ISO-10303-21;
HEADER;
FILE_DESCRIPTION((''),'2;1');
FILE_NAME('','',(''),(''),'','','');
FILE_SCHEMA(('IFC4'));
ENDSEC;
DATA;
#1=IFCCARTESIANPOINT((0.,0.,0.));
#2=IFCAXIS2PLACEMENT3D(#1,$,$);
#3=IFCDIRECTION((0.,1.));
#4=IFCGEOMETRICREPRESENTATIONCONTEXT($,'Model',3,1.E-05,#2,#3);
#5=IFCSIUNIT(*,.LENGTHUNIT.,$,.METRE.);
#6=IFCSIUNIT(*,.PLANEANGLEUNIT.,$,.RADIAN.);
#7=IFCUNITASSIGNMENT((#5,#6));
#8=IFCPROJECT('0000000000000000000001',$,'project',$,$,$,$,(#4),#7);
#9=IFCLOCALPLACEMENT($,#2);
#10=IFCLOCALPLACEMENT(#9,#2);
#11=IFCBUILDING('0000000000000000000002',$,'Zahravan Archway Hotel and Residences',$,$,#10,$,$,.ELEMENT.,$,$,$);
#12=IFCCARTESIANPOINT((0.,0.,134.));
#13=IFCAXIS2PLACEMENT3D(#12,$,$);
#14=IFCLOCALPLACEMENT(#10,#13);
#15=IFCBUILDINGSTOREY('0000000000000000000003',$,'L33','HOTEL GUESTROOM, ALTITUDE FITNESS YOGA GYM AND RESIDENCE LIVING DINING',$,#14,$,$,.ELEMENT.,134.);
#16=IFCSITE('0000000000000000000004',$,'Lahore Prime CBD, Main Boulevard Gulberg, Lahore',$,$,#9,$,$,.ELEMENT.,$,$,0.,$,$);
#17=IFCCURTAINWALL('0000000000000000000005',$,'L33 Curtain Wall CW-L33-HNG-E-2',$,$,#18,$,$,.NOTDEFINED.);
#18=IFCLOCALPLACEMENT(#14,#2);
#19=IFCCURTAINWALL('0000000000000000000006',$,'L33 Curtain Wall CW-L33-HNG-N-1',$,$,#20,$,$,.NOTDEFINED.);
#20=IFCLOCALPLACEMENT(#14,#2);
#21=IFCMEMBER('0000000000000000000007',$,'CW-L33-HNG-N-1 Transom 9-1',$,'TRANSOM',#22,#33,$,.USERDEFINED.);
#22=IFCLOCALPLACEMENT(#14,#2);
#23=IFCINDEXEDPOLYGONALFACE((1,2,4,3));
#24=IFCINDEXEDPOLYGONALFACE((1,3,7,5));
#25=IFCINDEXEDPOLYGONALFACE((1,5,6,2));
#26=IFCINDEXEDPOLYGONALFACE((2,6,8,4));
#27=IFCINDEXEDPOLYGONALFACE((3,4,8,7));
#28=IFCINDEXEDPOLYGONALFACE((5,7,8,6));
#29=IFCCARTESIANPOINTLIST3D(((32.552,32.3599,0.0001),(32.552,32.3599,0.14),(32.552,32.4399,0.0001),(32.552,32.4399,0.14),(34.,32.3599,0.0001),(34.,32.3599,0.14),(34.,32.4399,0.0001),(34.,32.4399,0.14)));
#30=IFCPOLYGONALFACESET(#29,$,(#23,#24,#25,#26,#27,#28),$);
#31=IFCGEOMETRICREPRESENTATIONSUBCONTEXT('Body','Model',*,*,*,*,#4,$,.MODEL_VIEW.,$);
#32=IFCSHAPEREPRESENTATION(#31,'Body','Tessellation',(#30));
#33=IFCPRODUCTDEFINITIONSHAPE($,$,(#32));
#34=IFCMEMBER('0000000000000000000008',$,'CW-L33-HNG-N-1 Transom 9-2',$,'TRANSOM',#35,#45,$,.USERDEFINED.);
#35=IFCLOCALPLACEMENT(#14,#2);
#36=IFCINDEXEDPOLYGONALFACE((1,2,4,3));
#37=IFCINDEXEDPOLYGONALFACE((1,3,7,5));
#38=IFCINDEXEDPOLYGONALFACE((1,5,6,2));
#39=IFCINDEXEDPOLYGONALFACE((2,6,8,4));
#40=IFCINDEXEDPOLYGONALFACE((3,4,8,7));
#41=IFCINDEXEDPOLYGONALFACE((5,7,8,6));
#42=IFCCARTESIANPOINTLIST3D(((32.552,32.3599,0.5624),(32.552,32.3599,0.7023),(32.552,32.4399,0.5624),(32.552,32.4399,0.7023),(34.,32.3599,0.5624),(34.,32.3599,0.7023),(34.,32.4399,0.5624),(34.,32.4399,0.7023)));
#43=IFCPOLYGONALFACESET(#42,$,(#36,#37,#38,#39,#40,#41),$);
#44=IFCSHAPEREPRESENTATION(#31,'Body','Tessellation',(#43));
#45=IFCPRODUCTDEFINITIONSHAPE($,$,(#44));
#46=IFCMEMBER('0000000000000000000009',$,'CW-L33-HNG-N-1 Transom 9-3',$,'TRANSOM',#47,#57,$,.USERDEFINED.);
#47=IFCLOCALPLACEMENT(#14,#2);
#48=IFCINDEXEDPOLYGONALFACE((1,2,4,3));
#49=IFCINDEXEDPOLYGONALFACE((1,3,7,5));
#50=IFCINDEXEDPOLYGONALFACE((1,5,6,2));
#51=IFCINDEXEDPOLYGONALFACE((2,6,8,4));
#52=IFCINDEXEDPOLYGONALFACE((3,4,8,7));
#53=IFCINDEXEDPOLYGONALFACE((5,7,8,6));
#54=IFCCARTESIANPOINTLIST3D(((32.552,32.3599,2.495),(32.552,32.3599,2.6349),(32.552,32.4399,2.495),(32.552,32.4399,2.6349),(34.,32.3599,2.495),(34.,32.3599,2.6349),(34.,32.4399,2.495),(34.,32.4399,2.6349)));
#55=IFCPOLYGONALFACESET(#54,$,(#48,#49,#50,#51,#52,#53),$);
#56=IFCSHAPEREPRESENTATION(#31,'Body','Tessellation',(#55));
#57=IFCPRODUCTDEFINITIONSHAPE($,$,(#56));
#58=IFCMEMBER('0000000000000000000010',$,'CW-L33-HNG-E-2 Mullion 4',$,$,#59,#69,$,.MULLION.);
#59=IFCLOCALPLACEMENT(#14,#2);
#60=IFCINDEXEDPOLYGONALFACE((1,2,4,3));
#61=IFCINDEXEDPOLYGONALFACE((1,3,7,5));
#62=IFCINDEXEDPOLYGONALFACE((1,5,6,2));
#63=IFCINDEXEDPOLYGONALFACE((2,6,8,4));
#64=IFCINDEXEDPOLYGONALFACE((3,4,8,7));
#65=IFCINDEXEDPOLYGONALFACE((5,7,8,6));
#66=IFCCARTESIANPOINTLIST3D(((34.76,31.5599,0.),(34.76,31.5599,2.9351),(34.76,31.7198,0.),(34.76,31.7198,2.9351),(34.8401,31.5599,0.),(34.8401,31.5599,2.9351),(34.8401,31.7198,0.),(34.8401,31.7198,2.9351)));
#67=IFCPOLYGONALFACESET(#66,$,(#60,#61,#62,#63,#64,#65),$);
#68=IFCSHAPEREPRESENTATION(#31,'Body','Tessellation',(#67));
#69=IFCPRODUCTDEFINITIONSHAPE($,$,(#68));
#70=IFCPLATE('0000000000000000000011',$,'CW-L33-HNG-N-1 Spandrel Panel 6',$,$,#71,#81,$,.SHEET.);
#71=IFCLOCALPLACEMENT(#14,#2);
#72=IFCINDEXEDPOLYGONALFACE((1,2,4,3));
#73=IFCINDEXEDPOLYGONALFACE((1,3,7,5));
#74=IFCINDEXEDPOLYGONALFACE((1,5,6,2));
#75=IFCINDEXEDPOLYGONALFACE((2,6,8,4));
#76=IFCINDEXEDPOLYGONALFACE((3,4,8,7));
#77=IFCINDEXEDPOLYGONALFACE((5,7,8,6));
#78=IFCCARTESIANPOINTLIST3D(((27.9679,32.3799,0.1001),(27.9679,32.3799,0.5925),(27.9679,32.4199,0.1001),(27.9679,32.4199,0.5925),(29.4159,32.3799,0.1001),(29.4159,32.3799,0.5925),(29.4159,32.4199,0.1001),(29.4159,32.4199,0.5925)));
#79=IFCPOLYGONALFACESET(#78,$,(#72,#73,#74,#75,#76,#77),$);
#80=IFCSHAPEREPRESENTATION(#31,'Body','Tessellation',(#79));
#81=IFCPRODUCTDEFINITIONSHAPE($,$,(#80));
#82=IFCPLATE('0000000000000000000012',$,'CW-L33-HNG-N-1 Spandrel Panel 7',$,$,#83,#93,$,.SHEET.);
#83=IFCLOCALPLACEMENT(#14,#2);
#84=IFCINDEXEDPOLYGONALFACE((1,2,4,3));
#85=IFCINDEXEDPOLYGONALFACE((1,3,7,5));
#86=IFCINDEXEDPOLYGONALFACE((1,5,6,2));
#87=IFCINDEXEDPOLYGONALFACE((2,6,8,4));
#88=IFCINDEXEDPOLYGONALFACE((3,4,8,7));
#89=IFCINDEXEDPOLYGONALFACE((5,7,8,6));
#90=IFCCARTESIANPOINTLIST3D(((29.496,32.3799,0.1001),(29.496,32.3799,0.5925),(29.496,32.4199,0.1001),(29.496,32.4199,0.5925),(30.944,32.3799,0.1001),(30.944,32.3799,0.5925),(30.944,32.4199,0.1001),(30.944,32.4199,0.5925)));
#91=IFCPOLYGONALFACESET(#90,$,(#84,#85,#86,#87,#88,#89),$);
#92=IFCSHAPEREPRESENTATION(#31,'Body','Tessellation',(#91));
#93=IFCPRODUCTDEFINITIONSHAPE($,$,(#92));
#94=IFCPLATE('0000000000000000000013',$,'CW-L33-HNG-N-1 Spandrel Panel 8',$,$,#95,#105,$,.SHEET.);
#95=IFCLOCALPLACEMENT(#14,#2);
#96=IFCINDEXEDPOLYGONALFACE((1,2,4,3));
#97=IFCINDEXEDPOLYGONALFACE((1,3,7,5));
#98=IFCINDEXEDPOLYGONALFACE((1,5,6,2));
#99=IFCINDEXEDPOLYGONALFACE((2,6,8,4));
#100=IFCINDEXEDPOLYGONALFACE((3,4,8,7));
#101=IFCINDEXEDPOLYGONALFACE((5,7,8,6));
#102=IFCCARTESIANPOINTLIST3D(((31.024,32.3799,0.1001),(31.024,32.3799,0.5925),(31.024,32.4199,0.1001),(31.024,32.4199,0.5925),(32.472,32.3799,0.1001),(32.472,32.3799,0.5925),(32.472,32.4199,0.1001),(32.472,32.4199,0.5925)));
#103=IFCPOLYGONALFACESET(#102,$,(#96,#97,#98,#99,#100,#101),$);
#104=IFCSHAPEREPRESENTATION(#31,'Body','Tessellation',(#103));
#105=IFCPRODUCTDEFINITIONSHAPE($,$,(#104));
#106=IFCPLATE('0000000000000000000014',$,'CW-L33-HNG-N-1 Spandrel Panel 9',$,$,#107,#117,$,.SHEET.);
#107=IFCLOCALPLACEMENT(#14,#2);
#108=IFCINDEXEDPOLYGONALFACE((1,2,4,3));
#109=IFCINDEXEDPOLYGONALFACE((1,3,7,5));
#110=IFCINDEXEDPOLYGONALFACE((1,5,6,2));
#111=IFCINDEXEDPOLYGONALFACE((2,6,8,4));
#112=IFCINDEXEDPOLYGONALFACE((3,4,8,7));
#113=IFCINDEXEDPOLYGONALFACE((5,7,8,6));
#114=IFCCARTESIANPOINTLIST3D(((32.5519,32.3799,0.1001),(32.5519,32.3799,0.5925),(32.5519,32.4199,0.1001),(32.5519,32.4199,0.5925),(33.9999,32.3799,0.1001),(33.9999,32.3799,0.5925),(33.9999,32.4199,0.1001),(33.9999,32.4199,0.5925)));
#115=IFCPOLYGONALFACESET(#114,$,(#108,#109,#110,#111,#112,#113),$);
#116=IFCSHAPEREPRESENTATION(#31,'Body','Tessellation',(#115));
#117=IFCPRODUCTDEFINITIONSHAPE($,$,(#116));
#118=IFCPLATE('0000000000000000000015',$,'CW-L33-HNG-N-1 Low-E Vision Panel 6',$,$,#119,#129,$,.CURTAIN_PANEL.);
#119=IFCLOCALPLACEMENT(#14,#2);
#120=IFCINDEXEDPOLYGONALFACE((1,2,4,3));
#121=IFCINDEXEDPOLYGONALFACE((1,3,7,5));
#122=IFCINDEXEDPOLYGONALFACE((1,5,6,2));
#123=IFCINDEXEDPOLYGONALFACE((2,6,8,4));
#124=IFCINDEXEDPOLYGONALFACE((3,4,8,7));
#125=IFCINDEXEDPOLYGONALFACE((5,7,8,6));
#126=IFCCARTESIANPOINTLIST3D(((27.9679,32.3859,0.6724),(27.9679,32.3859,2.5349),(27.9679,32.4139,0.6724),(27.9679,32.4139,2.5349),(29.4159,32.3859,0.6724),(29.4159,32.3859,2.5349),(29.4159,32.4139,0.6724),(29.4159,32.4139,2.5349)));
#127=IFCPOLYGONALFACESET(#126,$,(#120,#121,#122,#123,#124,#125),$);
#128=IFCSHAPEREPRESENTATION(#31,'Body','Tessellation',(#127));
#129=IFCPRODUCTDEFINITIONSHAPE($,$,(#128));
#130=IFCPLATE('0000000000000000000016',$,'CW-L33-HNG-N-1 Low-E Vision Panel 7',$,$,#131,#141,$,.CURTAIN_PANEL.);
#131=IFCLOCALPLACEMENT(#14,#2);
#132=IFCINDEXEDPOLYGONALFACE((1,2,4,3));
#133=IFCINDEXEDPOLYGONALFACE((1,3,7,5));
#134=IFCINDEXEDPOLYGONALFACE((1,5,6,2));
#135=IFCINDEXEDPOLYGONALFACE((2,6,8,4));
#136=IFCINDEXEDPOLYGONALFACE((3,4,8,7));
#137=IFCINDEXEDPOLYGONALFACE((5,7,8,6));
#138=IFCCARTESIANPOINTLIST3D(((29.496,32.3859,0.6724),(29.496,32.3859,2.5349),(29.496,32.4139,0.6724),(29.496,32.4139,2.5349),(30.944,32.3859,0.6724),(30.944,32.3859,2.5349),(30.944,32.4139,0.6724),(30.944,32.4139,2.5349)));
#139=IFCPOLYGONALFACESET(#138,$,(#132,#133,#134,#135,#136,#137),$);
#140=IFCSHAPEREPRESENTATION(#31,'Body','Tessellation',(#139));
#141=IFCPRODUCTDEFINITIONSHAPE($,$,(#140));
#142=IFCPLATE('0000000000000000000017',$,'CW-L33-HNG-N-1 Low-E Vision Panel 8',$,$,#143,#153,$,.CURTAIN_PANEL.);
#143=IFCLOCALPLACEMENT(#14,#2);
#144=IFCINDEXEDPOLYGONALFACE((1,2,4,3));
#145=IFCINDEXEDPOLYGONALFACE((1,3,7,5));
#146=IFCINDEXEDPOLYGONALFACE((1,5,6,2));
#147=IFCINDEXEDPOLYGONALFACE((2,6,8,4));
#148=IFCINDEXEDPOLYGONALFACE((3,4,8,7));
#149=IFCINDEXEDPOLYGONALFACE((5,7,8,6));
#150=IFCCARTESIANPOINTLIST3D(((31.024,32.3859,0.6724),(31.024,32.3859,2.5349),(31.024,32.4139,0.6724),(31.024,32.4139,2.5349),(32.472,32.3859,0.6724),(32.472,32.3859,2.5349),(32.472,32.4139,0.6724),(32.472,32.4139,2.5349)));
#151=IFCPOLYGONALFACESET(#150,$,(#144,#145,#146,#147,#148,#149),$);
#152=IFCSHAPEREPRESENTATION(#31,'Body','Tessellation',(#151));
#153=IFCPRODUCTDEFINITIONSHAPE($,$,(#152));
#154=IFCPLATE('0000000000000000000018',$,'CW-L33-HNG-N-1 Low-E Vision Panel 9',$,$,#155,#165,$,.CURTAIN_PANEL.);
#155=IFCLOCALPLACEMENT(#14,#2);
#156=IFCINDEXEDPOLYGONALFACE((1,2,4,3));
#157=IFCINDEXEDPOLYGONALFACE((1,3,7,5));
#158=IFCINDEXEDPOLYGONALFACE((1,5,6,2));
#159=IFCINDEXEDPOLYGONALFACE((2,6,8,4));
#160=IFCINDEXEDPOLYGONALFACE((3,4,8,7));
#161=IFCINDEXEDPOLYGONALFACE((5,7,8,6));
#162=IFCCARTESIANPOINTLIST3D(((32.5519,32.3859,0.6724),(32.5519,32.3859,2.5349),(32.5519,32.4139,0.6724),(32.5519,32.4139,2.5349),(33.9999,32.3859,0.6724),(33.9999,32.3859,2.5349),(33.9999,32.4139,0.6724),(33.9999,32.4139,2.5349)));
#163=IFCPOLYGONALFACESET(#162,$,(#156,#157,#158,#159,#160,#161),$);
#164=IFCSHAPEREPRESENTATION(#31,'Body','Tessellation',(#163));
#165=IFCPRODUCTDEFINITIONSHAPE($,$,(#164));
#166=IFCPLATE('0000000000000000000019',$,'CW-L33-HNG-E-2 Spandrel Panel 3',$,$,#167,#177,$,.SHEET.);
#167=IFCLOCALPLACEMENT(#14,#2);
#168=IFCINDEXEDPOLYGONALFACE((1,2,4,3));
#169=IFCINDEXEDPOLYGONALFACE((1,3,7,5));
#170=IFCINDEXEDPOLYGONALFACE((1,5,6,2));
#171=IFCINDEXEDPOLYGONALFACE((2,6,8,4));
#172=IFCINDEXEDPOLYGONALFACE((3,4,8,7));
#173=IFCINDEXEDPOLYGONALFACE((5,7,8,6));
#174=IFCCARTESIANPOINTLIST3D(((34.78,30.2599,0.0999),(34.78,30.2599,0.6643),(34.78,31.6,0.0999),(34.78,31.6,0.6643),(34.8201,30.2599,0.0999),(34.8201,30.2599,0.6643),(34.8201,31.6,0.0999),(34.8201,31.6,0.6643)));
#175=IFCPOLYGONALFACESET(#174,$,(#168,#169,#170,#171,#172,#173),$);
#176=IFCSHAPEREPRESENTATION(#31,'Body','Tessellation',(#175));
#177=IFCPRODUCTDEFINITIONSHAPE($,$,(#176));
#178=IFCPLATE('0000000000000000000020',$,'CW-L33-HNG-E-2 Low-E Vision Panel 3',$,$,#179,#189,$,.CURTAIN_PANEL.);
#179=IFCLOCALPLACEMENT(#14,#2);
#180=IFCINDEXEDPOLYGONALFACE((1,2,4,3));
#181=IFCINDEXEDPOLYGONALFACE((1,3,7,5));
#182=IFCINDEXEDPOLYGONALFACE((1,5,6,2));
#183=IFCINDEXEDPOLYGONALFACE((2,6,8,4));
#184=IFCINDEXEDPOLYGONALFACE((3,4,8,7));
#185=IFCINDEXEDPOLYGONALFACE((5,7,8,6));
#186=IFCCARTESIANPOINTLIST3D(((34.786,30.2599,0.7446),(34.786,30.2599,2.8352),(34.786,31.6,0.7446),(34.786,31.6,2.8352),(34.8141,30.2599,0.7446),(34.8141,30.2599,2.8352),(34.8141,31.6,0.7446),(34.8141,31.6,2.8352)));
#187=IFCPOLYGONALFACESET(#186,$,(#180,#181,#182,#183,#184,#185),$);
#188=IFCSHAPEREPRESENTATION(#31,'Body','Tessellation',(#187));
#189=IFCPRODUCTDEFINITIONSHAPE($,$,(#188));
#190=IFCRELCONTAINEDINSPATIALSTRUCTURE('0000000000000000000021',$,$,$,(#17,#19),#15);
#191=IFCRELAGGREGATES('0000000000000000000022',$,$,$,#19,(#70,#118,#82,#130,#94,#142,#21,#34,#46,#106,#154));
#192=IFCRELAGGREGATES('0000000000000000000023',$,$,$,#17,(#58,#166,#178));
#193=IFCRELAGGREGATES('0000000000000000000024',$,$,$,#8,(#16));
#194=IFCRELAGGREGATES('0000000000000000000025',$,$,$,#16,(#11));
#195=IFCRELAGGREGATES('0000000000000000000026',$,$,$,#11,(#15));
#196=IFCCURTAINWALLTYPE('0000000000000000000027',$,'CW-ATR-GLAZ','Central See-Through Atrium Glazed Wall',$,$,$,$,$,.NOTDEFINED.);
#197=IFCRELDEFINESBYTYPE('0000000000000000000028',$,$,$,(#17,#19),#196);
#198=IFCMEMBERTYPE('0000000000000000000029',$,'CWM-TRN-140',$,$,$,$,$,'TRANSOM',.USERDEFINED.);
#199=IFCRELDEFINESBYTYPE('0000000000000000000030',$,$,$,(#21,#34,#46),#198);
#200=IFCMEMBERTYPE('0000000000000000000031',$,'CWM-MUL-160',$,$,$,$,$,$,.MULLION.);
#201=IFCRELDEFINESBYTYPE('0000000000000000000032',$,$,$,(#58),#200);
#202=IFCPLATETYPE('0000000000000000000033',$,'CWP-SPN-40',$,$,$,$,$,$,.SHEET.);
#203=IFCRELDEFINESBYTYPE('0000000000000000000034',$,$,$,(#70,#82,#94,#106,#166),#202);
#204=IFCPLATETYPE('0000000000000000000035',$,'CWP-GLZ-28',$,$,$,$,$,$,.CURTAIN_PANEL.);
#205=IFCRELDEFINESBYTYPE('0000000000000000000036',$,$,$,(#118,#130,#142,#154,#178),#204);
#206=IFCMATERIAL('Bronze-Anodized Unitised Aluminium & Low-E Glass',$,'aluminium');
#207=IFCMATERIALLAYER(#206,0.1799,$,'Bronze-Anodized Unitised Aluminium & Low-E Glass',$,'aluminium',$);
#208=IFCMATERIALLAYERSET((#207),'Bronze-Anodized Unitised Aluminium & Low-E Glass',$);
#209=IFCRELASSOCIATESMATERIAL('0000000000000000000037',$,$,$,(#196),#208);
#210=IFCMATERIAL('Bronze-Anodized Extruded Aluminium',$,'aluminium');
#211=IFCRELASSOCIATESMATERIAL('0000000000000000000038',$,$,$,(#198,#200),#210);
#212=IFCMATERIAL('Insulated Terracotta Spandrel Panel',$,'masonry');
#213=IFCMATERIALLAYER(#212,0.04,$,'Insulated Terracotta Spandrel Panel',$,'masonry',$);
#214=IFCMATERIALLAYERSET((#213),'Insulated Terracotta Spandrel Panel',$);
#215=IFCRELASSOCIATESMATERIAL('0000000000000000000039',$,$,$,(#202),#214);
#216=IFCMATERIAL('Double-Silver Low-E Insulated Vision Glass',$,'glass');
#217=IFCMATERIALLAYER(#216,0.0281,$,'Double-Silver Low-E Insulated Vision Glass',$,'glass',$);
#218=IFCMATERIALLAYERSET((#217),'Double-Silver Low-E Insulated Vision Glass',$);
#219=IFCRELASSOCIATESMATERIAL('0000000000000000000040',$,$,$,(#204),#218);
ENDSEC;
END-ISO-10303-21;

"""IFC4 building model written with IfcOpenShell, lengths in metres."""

from ifc_helpers import new_model, si_unit, direction, frame, origin, origin_2d, place, context, subcontext, project, spatial, rectangle, extrude, source, transform, mapped, material, layer, layer_set, material_profile, profile_set, type_object, element, aggregate, save


model = new_model("IFC4")

# Units and contexts
model_context = context("Model", 3, precision=1e-05, world=origin(), true_north=direction((0.0, 1.0)))
body_context = subcontext(model_context, "Body", "Model", "MODEL_VIEW")
ifc_project = project(units=[si_unit("LENGTHUNIT", "METRE"), si_unit("PLANEANGLEUNIT", "RADIAN")], contexts=[model_context])

# Site, building, storey
site_placement = place(None, origin())
site = spatial("IfcSite", under=ifc_project, at=site_placement, Name="Lahore Prime CBD, Main Boulevard Gulberg, Lahore", CompositionType="ELEMENT", RefElevation=0.0)
building_placement = place(site_placement, origin())
building = spatial("IfcBuilding", under=site, at=building_placement, Name="Zahravan Archway Hotel and Residences", CompositionType="ELEMENT")
storey_placement = place(building_placement, frame((0.0, 0.0, 134.0)))
storey = spatial("IfcBuildingStorey", under=building, at=storey_placement, Name="L33", Description="HOTEL GUESTROOM, ALTITUDE FITNESS YOGA GYM AND RESIDENCE LIVING DINING", CompositionType="ELEMENT", Elevation=134.0)

# Curtain walls, members
ifc_material_1 = material(Name="Bronze-Anodized Unitised Aluminium & Low-E Glass", Category="aluminium")
ifc_layer_1 = layer(ifc_material_1, 0.1799, Name="Bronze-Anodized Unitised Aluminium & Low-E Glass", Category="aluminium")
ifc_layer_set_1 = layer_set([ifc_layer_1], Name="Bronze-Anodized Unitised Aluminium & Low-E Glass")
curtain_wall_type = type_object("IfcCurtainWallType", Name="CW-ATR-GLAZ", Description="Central See-Through Atrium Glazed Wall", PredefinedType="NOTDEFINED", material=ifc_layer_set_1)
curtain_wall_1_placement = place(storey_placement, origin())
curtain_wall_1 = element("IfcCurtainWall", 1, at=curtain_wall_1_placement, inside=storey, type_object=curtain_wall_type, Name="L33 Curtain Wall CW-L33-HNG-E-2", PredefinedType="NOTDEFINED")
ifc_material_2 = material(Name="Bronze-Anodized Extruded Aluminium", Category="aluminium")
ifc_material_profile_1 = material_profile(ifc_material_2, rectangle(XDim=0.0801, YDim=0.1399, at=origin_2d()), Name="TRN 80x140", Category="aluminium")
ifc_profile_set_1 = profile_set([ifc_material_profile_1], Name="Bronze-Anodized Extruded Aluminium")
member_type_1 = type_object("IfcMemberType", Name="CWM-TRN-140", ElementType="TRANSOM", PredefinedType="USERDEFINED", material=ifc_profile_set_1)
curtain_wall_2_placement = place(storey_placement, origin())
curtain_wall_2 = element("IfcCurtainWall", 2, at=curtain_wall_2_placement, inside=storey, type_object=curtain_wall_type, Name="L33 Curtain Wall CW-L33-HNG-N-1", PredefinedType="NOTDEFINED")
ifc_material_profile_2 = material_profile(ifc_material_2, rectangle(XDim=0.0801, YDim=0.1599, at=origin_2d()), Name="MUL 80x160", Category="aluminium")
ifc_profile_set_2 = profile_set([ifc_material_profile_2], Name="Bronze-Anodized Extruded Aluminium")
member_type_2 = type_object("IfcMemberType", Name="CWM-MUL-160", PredefinedType="MULLION", material=ifc_profile_set_2)
shared_shape_1 = source(origin(), body_context, "Body", "SweptSolid", [
    extrude(rectangle(XDim=0.0801, YDim=0.1399, at=origin_2d()), origin(), (0.0, 0.0, 1.0), 1.448),
])
member_1_placement = place(storey_placement, frame((32.552, 32.3999, 0.0701), z_axis=(1.0, 0.0, 0.0), x_axis=(0.0, 1.0, 0.0)))
member_1 = element("IfcMember", 3, at=member_1_placement, type_object=member_type_1, Name="CW-L33-HNG-N-1 Transom 9-1", ObjectType="TRANSOM", PredefinedType="USERDEFINED", context=body_context, shape_type="MappedRepresentation", body=[
    mapped(shared_shape_1, transform((0.0, 0.0, 0.0), scale=1.0)),
])
member_2_placement = place(storey_placement, frame((32.552, 32.3999, 0.6323), z_axis=(1.0, 0.0, 0.0), x_axis=(0.0, 1.0, 0.0)))
member_2 = element("IfcMember", 4, at=member_2_placement, type_object=member_type_1, Name="CW-L33-HNG-N-1 Transom 9-2", ObjectType="TRANSOM", PredefinedType="USERDEFINED", context=body_context, shape_type="MappedRepresentation", body=[
    mapped(shared_shape_1, transform((0.0, 0.0, 0.0), scale=1.0)),
])
member_3_placement = place(storey_placement, frame((32.552, 32.3999, 2.5649), z_axis=(1.0, 0.0, 0.0), x_axis=(0.0, 1.0, 0.0)))
member_3 = element("IfcMember", 5, at=member_3_placement, type_object=member_type_1, Name="CW-L33-HNG-N-1 Transom 9-3", ObjectType="TRANSOM", PredefinedType="USERDEFINED", context=body_context, shape_type="MappedRepresentation", body=[
    mapped(shared_shape_1, transform((0.0, 0.0, 0.0), scale=1.0)),
])

# Member
shared_shape_2 = source(origin(), body_context, "Body", "SweptSolid", [
    extrude(rectangle(XDim=0.0801, YDim=0.1599, at=origin_2d()), origin(), (0.0, 0.0, 1.0), 2.9351),
])
member_4_placement = place(storey_placement, frame((34.8, 31.6399, 0.0), z_axis=(0.0, 0.0, 1.0), x_axis=(1.0, 0.0, 0.0)))
member_4 = element("IfcMember", 6, at=member_4_placement, type_object=member_type_2, Name="CW-L33-HNG-E-2 Mullion 4", PredefinedType="MULLION", context=body_context, shape_type="MappedRepresentation", body=[
    mapped(shared_shape_2, transform((0.0, 0.0, 0.0), scale=1.0)),
])

# Plates
ifc_material_3 = material(Name="Insulated Terracotta Spandrel Panel", Category="masonry")
ifc_layer_2 = layer(ifc_material_3, 0.04, Name="Insulated Terracotta Spandrel Panel", Category="masonry")
ifc_layer_set_2 = layer_set([ifc_layer_2], Name="Insulated Terracotta Spandrel Panel")
plate_type_1 = type_object("IfcPlateType", Name="CWP-SPN-40", PredefinedType="SHEET", material=ifc_layer_set_2)
shared_shape_3 = source(origin(), body_context, "Body", "SweptSolid", [
    extrude(rectangle(XDim=1.448, YDim=0.04, at=origin_2d()), origin(), (0.0, 0.0, 1.0), 0.4924),
])
plate_1_placement = place(storey_placement, frame((28.6919, 32.3999, 0.1001), z_axis=(0.0, 0.0, 1.0), x_axis=(1.0, 0.0, 0.0)))
plate_1 = element("IfcPlate", 7, at=plate_1_placement, type_object=plate_type_1, Name="CW-L33-HNG-N-1 Spandrel Panel 6", PredefinedType="SHEET", context=body_context, shape_type="MappedRepresentation", body=[
    mapped(shared_shape_3, transform((0.0, 0.0, 0.0), scale=1.0)),
])
plate_2_placement = place(storey_placement, frame((30.22, 32.3999, 0.1001), z_axis=(0.0, 0.0, 1.0), x_axis=(1.0, 0.0, 0.0)))
plate_2 = element("IfcPlate", 8, at=plate_2_placement, type_object=plate_type_1, Name="CW-L33-HNG-N-1 Spandrel Panel 7", PredefinedType="SHEET", context=body_context, shape_type="MappedRepresentation", body=[
    mapped(shared_shape_3, transform((0.0, 0.0, 0.0), scale=1.0)),
])
plate_3_placement = place(storey_placement, frame((31.748, 32.3999, 0.1001), z_axis=(0.0, 0.0, 1.0), x_axis=(1.0, 0.0, 0.0)))
plate_3 = element("IfcPlate", 9, at=plate_3_placement, type_object=plate_type_1, Name="CW-L33-HNG-N-1 Spandrel Panel 8", PredefinedType="SHEET", context=body_context, shape_type="MappedRepresentation", body=[
    mapped(shared_shape_3, transform((0.0, 0.0, 0.0), scale=1.0)),
])
plate_4_placement = place(storey_placement, frame((33.2759, 32.3999, 0.1001), z_axis=(0.0, 0.0, 1.0), x_axis=(1.0, 0.0, 0.0)))
plate_4 = element("IfcPlate", 10, at=plate_4_placement, type_object=plate_type_1, Name="CW-L33-HNG-N-1 Spandrel Panel 9", PredefinedType="SHEET", context=body_context, shape_type="MappedRepresentation", body=[
    mapped(shared_shape_3, transform((0.0, 0.0, 0.0), scale=1.0)),
])
ifc_material_4 = material(Name="Double-Silver Low-E Insulated Vision Glass", Category="glass")
ifc_layer_3 = layer(ifc_material_4, 0.0281, Name="Double-Silver Low-E Insulated Vision Glass", Category="glass")
ifc_layer_set_3 = layer_set([ifc_layer_3], Name="Double-Silver Low-E Insulated Vision Glass")
plate_type_2 = type_object("IfcPlateType", Name="CWP-GLZ-28", PredefinedType="CURTAIN_PANEL", material=ifc_layer_set_3)
shared_shape_4 = source(origin(), body_context, "Body", "SweptSolid", [
    extrude(rectangle(XDim=1.448, YDim=0.0281, at=origin_2d()), origin(), (0.0, 0.0, 1.0), 1.8625),
])
plate_5_placement = place(storey_placement, frame((28.6919, 32.3999, 0.6724), z_axis=(0.0, 0.0, 1.0), x_axis=(1.0, 0.0, 0.0)))
plate_5 = element("IfcPlate", 11, at=plate_5_placement, type_object=plate_type_2, Name="CW-L33-HNG-N-1 Low-E Vision Panel 6", PredefinedType="CURTAIN_PANEL", context=body_context, shape_type="MappedRepresentation", body=[
    mapped(shared_shape_4, transform((0.0, 0.0, 0.0), scale=1.0)),
])
plate_6_placement = place(storey_placement, frame((30.22, 32.3999, 0.6724), z_axis=(0.0, 0.0, 1.0), x_axis=(1.0, 0.0, 0.0)))
plate_6 = element("IfcPlate", 12, at=plate_6_placement, type_object=plate_type_2, Name="CW-L33-HNG-N-1 Low-E Vision Panel 7", PredefinedType="CURTAIN_PANEL", context=body_context, shape_type="MappedRepresentation", body=[
    mapped(shared_shape_4, transform((0.0, 0.0, 0.0), scale=1.0)),
])
plate_7_placement = place(storey_placement, frame((31.748, 32.3999, 0.6724), z_axis=(0.0, 0.0, 1.0), x_axis=(1.0, 0.0, 0.0)))
plate_7 = element("IfcPlate", 13, at=plate_7_placement, type_object=plate_type_2, Name="CW-L33-HNG-N-1 Low-E Vision Panel 8", PredefinedType="CURTAIN_PANEL", context=body_context, shape_type="MappedRepresentation", body=[
    mapped(shared_shape_4, transform((0.0, 0.0, 0.0), scale=1.0)),
])
plate_8_placement = place(storey_placement, frame((33.2759, 32.3999, 0.6724), z_axis=(0.0, 0.0, 1.0), x_axis=(1.0, 0.0, 0.0)))
plate_8 = element("IfcPlate", 14, at=plate_8_placement, type_object=plate_type_2, Name="CW-L33-HNG-N-1 Low-E Vision Panel 9", PredefinedType="CURTAIN_PANEL", context=body_context, shape_type="MappedRepresentation", body=[
    mapped(shared_shape_4, transform((0.0, 0.0, 0.0), scale=1.0)),
])
aggregate(curtain_wall_2, [plate_1, plate_5, plate_2, plate_6, plate_3, plate_7, member_1, member_2, member_3, plate_4, plate_8])
shared_shape_5 = source(origin(), body_context, "Body", "SweptSolid", [
    extrude(rectangle(XDim=1.3401, YDim=0.04, at=origin_2d()), origin(), (0.0, 0.0, 1.0), 0.5645),
])
plate_9_placement = place(storey_placement, frame((34.8, 30.9299, 0.0999), z_axis=(0.0, 0.0, 1.0), x_axis=(0.0, 1.0, 0.0)))
plate_9 = element("IfcPlate", 15, at=plate_9_placement, type_object=plate_type_1, Name="CW-L33-HNG-E-2 Spandrel Panel 3", PredefinedType="SHEET", context=body_context, shape_type="MappedRepresentation", body=[
    mapped(shared_shape_5, transform((0.0, 0.0, 0.0), scale=1.0)),
])
shared_shape_6 = source(origin(), body_context, "Body", "SweptSolid", [
    extrude(rectangle(XDim=1.3401, YDim=0.0281, at=origin_2d()), origin(), (0.0, 0.0, 1.0), 2.0906),
])
plate_10_placement = place(storey_placement, frame((34.8, 30.9299, 0.7446), z_axis=(0.0, 0.0, 1.0), x_axis=(0.0, 1.0, 0.0)))
plate_10 = element("IfcPlate", 16, at=plate_10_placement, type_object=plate_type_2, Name="CW-L33-HNG-E-2 Low-E Vision Panel 3", PredefinedType="CURTAIN_PANEL", context=body_context, shape_type="MappedRepresentation", body=[
    mapped(shared_shape_6, transform((0.0, 0.0, 0.0), scale=1.0)),
])
aggregate(curtain_wall_1, [member_4, plate_9, plate_10])

save(model, "model.ifc")
